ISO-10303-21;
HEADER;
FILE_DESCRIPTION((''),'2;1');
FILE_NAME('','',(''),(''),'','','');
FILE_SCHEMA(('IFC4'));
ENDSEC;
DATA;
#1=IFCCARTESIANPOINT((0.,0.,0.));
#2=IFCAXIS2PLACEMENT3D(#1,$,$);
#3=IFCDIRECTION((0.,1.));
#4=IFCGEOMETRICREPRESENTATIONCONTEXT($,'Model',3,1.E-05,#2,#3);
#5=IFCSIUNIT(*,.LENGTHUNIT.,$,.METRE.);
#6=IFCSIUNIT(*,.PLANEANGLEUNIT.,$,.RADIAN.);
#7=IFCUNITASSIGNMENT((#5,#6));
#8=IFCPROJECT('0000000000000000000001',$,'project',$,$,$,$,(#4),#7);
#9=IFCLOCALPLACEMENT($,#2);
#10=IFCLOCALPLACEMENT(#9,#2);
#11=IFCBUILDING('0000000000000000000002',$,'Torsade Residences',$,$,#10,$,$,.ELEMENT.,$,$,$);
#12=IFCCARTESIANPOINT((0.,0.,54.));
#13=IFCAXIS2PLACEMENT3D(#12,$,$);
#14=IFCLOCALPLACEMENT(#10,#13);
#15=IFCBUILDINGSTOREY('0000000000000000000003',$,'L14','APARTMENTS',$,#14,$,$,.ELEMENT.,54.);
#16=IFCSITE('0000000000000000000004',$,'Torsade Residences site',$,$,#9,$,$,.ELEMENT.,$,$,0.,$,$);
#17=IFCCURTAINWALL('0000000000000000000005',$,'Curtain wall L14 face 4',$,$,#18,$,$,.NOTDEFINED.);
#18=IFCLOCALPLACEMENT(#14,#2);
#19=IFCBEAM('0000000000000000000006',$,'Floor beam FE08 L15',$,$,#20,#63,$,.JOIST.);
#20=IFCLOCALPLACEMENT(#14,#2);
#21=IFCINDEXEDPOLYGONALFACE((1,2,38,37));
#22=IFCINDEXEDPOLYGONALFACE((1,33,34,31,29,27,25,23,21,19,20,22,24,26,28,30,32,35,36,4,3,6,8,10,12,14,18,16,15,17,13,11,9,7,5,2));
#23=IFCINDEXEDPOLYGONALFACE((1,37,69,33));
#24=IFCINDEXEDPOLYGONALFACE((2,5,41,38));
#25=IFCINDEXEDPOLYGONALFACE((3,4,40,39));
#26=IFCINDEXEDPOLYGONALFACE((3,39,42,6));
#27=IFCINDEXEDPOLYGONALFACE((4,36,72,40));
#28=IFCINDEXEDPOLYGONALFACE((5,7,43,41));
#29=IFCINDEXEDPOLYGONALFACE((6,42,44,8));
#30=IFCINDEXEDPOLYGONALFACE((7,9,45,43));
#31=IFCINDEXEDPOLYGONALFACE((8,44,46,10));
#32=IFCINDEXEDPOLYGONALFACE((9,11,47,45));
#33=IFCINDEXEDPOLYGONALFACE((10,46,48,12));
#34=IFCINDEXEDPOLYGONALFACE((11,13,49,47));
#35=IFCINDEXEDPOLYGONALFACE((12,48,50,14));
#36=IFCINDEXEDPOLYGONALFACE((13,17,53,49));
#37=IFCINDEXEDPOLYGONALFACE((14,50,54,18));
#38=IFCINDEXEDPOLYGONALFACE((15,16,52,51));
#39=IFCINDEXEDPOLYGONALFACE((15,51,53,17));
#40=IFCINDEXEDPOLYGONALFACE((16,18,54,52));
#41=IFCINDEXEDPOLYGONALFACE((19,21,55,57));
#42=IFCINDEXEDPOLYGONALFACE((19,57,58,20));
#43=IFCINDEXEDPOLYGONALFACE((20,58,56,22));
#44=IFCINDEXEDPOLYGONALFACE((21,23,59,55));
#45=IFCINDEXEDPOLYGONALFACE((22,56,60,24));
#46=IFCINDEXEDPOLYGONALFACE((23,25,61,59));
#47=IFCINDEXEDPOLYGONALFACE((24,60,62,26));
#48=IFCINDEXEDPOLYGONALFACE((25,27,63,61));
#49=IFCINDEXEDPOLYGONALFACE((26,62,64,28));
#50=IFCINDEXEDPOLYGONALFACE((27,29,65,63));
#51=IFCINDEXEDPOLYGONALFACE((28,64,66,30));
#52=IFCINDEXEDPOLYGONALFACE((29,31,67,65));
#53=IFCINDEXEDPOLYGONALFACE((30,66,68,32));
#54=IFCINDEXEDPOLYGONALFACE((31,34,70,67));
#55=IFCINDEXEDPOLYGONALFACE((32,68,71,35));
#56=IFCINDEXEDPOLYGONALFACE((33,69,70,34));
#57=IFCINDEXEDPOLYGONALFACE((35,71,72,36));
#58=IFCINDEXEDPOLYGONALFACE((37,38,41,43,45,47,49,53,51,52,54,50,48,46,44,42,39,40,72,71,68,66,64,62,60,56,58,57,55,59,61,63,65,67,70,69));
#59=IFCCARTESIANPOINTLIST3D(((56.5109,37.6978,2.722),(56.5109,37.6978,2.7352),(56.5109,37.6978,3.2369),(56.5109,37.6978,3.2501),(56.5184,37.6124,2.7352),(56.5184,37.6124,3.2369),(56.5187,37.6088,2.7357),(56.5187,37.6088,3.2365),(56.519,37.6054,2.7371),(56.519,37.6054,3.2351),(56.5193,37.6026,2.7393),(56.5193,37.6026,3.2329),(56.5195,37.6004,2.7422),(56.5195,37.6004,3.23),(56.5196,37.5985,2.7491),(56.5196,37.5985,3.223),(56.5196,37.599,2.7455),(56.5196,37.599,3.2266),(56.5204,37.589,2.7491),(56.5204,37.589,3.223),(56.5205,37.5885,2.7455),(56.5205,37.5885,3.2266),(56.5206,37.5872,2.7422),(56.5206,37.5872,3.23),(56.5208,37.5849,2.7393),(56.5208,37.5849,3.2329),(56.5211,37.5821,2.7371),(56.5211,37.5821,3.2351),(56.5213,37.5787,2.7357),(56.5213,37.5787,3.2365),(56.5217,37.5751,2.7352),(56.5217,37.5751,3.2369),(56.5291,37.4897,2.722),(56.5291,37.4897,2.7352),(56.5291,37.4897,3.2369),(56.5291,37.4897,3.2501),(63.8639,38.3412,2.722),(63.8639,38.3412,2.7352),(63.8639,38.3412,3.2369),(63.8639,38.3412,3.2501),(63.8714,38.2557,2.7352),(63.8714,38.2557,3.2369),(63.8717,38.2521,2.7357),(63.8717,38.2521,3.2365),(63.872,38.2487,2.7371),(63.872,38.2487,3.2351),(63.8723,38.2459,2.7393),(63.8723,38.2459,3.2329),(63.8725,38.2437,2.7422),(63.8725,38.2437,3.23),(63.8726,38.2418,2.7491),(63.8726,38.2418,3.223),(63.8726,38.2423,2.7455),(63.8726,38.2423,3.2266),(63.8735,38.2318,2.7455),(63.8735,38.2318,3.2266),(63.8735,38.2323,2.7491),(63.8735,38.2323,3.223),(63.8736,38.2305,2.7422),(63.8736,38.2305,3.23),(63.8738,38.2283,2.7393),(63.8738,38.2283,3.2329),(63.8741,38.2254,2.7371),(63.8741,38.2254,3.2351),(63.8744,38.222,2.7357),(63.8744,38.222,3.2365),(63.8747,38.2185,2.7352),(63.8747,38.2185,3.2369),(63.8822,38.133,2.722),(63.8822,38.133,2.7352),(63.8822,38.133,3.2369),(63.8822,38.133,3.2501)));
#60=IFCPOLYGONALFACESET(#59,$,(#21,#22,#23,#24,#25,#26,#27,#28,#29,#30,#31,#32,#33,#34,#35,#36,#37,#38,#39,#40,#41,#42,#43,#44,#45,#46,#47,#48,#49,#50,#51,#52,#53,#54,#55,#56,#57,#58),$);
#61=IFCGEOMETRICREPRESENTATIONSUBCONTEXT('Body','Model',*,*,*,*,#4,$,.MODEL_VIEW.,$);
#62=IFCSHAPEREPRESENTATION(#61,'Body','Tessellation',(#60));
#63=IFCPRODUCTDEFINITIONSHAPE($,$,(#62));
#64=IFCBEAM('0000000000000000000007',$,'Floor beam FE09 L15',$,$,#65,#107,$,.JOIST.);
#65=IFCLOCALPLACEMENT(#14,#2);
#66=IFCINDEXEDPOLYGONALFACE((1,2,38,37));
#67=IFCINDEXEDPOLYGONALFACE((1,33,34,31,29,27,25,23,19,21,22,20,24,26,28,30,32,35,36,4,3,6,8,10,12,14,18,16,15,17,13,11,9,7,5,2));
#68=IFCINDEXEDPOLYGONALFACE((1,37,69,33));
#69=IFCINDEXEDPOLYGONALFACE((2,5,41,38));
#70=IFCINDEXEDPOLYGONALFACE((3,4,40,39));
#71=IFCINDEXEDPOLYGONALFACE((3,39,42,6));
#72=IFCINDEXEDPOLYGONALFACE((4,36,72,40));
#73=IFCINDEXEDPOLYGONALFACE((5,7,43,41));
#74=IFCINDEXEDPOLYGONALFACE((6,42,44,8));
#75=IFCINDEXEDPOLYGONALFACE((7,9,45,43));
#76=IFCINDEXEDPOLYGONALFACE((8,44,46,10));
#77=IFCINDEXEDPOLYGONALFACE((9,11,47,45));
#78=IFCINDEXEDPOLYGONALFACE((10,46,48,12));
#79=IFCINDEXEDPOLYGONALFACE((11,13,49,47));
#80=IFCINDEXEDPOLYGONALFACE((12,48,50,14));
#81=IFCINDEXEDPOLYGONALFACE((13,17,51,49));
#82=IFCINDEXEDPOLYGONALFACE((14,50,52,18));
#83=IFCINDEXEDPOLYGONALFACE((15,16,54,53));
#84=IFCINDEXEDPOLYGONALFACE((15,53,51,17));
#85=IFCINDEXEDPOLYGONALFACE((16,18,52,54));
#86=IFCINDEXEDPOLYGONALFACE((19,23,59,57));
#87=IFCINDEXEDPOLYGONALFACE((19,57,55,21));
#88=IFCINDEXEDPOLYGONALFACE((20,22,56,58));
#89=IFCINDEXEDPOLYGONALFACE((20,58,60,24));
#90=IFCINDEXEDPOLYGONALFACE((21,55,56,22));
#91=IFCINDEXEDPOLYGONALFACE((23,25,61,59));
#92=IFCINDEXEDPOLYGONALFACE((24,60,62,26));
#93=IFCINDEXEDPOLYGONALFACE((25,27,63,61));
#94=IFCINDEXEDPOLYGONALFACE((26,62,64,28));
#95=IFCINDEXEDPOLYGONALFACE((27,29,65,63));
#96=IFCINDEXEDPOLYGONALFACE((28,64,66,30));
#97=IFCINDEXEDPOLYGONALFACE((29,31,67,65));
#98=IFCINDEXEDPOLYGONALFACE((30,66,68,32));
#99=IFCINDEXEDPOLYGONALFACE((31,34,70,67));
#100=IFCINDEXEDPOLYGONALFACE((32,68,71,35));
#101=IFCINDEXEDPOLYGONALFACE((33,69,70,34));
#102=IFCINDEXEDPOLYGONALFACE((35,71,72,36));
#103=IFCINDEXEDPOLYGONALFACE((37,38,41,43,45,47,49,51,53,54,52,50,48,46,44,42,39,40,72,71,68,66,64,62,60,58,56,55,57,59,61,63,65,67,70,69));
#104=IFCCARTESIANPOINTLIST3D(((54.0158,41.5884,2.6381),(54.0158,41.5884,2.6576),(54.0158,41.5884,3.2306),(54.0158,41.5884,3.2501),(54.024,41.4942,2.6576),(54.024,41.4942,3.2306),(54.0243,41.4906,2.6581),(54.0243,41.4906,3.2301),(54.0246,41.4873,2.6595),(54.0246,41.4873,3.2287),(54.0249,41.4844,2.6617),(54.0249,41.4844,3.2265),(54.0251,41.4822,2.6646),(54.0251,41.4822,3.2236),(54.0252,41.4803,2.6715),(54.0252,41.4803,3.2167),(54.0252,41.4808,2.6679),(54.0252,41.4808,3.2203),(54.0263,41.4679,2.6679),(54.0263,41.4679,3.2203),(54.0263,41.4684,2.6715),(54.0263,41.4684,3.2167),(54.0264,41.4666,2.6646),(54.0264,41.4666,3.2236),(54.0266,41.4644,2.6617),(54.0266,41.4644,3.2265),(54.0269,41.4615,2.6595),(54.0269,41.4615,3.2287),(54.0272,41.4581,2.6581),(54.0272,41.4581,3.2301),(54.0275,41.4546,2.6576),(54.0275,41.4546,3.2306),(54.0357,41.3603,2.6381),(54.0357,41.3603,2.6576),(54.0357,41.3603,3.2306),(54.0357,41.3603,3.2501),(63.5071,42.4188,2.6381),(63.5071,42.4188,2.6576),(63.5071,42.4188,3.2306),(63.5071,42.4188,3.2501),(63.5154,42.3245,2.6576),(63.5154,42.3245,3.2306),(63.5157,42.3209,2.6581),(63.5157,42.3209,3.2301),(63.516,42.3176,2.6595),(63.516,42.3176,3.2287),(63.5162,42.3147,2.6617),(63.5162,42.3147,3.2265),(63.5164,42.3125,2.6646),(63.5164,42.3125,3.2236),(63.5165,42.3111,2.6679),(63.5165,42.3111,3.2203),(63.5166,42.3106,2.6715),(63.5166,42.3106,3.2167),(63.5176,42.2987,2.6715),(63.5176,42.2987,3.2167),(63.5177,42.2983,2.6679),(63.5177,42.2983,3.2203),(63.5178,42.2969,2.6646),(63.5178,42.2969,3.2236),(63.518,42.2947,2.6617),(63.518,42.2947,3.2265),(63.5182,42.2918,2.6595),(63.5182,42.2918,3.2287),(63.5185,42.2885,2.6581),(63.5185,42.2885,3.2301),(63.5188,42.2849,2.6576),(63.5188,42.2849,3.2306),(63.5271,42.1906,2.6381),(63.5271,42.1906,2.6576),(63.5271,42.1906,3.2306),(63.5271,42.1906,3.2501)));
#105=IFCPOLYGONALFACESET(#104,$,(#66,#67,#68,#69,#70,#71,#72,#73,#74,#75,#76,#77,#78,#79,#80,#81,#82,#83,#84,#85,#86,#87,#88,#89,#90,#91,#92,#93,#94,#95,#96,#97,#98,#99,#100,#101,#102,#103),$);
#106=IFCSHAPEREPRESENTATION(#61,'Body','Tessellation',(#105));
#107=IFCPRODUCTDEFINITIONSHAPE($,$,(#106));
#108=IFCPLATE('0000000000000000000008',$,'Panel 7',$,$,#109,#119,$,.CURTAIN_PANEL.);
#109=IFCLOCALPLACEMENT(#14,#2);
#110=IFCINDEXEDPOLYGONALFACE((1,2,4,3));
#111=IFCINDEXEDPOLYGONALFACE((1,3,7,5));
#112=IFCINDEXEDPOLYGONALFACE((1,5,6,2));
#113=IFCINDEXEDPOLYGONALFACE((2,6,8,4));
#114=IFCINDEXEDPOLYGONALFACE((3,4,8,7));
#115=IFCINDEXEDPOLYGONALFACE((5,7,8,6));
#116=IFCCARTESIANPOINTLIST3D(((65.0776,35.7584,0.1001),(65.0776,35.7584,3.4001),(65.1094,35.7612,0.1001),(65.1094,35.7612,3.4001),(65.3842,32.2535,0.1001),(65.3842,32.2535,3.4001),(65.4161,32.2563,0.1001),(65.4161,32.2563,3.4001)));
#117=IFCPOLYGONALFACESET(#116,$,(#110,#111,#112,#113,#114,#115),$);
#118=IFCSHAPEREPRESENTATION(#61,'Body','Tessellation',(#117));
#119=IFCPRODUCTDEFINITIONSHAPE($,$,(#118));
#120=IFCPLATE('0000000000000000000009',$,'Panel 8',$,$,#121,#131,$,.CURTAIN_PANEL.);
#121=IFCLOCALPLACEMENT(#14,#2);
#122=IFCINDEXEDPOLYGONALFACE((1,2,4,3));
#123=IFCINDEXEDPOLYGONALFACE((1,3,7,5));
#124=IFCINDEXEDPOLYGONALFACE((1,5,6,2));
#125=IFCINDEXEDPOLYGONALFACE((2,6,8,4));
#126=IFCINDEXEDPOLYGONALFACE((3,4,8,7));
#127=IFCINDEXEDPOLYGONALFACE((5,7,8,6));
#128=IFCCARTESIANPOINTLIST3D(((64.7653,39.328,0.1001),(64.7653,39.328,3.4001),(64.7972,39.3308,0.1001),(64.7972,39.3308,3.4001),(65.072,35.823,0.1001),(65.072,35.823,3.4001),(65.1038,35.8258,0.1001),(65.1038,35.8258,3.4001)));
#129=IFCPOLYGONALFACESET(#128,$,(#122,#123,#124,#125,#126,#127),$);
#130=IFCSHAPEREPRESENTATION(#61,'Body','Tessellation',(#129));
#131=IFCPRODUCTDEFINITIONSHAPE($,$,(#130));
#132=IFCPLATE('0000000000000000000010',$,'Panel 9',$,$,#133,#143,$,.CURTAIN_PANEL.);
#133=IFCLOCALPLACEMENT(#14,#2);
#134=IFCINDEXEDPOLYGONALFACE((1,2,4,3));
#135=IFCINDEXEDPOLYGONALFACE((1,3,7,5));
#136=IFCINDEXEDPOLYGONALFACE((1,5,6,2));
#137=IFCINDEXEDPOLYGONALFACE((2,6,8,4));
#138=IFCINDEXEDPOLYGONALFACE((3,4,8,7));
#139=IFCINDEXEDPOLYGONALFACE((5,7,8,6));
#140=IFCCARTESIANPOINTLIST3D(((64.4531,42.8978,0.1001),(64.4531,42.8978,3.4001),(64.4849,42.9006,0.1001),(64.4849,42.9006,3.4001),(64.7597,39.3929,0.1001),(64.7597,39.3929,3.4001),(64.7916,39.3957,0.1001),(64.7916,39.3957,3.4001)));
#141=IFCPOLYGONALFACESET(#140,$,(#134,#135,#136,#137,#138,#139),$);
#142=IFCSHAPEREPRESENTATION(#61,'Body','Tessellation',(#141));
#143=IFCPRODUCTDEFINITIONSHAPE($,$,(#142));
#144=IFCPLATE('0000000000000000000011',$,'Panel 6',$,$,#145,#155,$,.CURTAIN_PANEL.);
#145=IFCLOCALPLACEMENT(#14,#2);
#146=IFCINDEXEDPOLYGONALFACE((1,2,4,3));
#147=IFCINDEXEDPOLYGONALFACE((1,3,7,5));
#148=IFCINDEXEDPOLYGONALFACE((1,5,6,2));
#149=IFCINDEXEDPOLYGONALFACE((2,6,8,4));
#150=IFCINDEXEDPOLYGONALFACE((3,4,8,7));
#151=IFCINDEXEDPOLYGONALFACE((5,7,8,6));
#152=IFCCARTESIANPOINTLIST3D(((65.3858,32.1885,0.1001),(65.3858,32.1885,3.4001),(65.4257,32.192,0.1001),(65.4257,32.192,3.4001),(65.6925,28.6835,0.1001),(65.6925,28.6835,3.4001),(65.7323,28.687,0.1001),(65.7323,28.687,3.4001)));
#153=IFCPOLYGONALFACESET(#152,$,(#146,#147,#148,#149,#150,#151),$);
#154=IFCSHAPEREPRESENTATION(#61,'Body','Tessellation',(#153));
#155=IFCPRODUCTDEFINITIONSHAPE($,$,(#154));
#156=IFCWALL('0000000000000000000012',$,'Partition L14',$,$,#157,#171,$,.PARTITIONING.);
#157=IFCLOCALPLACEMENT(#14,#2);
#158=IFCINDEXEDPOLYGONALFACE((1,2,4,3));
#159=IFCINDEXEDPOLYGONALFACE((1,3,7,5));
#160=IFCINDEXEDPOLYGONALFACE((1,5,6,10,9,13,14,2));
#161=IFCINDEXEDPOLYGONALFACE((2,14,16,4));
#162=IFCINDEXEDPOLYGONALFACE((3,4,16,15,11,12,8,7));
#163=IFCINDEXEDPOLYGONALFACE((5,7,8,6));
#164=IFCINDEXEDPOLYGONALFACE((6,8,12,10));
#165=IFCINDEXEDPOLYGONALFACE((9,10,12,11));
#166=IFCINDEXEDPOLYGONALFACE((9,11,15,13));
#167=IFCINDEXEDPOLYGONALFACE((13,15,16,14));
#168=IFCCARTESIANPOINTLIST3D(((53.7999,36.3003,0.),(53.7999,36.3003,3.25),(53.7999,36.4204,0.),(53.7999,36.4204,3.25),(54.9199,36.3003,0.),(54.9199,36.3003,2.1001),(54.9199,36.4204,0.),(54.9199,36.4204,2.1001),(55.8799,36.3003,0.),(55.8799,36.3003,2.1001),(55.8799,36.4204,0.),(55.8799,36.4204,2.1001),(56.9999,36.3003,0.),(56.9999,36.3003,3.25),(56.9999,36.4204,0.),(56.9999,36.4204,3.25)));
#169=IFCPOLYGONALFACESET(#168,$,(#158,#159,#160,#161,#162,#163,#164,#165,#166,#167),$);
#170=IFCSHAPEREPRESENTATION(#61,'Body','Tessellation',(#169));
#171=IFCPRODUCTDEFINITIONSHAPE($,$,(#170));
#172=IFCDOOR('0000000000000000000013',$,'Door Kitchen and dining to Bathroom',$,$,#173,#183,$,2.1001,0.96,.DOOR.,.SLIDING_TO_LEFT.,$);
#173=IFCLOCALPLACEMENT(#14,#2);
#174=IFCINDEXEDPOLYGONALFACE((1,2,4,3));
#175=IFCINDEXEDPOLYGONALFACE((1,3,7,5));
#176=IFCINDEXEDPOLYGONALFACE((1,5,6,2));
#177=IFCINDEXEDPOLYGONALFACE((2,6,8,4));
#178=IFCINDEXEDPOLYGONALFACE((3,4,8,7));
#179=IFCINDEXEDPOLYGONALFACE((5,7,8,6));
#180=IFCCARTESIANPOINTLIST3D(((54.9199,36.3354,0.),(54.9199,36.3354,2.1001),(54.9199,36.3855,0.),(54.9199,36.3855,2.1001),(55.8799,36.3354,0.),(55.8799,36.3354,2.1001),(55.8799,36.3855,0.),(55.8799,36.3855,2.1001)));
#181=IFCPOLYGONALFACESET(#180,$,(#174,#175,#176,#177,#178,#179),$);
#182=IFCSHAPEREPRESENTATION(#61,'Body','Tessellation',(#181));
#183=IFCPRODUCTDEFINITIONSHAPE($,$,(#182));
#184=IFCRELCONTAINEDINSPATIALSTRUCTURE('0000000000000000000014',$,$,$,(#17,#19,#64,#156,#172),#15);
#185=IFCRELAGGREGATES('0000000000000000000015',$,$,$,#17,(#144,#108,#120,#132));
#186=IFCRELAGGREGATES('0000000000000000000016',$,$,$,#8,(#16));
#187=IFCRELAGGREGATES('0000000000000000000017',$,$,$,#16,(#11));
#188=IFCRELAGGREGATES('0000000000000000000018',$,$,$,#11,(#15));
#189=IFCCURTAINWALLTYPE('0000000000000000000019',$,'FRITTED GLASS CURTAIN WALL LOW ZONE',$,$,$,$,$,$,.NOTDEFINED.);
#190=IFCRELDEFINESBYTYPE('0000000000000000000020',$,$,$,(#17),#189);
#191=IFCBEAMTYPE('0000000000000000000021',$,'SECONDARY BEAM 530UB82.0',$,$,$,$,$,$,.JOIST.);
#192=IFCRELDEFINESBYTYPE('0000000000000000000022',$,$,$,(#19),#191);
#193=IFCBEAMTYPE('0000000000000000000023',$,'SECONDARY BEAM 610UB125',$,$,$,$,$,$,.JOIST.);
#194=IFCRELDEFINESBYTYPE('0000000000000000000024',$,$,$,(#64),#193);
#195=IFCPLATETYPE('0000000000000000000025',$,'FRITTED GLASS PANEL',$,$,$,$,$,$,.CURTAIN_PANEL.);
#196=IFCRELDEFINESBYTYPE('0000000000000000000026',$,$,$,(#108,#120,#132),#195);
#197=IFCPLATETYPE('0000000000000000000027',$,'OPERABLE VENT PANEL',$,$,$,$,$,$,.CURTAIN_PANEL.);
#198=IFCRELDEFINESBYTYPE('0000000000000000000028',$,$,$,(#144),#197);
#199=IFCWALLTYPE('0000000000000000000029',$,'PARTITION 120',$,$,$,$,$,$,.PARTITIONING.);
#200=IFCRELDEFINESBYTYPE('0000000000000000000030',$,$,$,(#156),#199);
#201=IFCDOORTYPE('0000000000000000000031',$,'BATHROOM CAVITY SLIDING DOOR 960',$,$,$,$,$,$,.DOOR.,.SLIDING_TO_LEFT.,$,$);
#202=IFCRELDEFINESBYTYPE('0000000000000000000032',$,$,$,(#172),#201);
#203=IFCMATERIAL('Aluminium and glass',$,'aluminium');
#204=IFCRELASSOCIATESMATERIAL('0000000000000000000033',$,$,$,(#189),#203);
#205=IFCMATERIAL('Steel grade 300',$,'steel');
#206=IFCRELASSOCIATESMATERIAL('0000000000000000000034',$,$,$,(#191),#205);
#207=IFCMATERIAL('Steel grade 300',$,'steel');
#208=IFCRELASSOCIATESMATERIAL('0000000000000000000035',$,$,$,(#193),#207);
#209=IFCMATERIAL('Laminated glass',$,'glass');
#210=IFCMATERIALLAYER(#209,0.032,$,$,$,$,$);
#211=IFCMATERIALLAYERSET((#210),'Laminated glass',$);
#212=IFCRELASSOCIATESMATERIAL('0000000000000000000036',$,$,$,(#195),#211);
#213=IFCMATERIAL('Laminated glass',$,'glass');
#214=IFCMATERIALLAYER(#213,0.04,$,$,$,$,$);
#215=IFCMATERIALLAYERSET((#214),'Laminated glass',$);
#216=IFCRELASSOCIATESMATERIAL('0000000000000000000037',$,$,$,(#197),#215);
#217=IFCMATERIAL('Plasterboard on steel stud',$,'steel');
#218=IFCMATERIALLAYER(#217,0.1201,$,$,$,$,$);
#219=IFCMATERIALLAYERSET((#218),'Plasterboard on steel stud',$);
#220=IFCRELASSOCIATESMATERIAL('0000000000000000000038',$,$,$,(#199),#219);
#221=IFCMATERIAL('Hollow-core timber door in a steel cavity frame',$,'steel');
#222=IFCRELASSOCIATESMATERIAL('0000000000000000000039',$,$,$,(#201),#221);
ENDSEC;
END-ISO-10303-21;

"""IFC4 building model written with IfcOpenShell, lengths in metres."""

from ifc_helpers import new_model, si_unit, direction, frame, frame_2d, origin, origin_2d, place, context, subcontext, project, spatial, rectangle, i_section, extrude, material, layer, layer_set, material_profile, profile_set, type_object, element, fill, aggregate, save


model = new_model("IFC4")

# Units and contexts
model_context = context("Model", 3, precision=1e-05, world=origin(), true_north=direction((0.0, 1.0)))
body_context = subcontext(model_context, "Body", "Model", "MODEL_VIEW")
ifc_project = project(units=[si_unit("LENGTHUNIT", "METRE"), si_unit("PLANEANGLEUNIT", "RADIAN")], contexts=[model_context])

# Site, building, storey
site_placement = place(None, origin())
site = spatial("IfcSite", under=ifc_project, at=site_placement, Name="Torsade Residences site", CompositionType="ELEMENT", RefElevation=0.0)
building_placement = place(site_placement, origin())
building = spatial("IfcBuilding", under=site, at=building_placement, Name="Torsade Residences", CompositionType="ELEMENT")
storey_placement = place(building_placement, frame((0.0, 0.0, 54.0)))
storey = spatial("IfcBuildingStorey", under=building, at=storey_placement, Name="L14", Description="APARTMENTS", CompositionType="ELEMENT", Elevation=54.0)

# Curtain wall
ifc_material_1 = material(Name="Aluminium and glass", Category="aluminium")
curtain_wall_type = type_object("IfcCurtainWallType", Name="FRITTED GLASS CURTAIN WALL LOW ZONE", PredefinedType="NOTDEFINED", material=ifc_material_1)
curtain_wall_placement = place(storey_placement, origin())
curtain_wall = element("IfcCurtainWall", 1, at=curtain_wall_placement, inside=storey, type_object=curtain_wall_type, Name="Curtain wall L14 face 4", PredefinedType="NOTDEFINED")

# Beams
ifc_material_2 = material(Name="Steel grade 300", Category="steel")
ifc_material_profile_1 = material_profile(ifc_material_2, i_section(OverallWidth=0.209, OverallDepth=0.5281, WebThickness=0.0095, FlangeThickness=0.0132, FilletRadius=0.0139, at=origin_2d()), Name="530UB82.0")
ifc_profile_set_1 = profile_set([ifc_material_profile_1], Name="Steel grade 300")
beam_type_1 = type_object("IfcBeamType", Name="SECONDARY BEAM 530UB82.0", PredefinedType="JOIST", material=ifc_profile_set_1)
beam_1_placement = place(storey_placement, frame((63.873, 38.2371, 2.9861), z_axis=(-0.996195, -0.087156, 0.0), x_axis=(0.087156, -0.996195, 0.0)))
element("IfcBeam", 2, at=beam_1_placement, inside=storey, type_object=beam_type_1, Name="Floor beam FE08 L15", PredefinedType="JOIST", context=body_context, shape_type="SweptSolid", body=[
    extrude(i_section(OverallWidth=0.209, OverallDepth=0.5281, WebThickness=0.0095, FlangeThickness=0.0132, FilletRadius=0.0139, at=origin_2d()), origin(), (0.0, 0.0, 1.0), 7.3811),
])
ifc_material_3 = material(Name="Steel grade 300", Category="steel")
ifc_material_profile_2 = material_profile(ifc_material_3, i_section(OverallWidth=0.229, OverallDepth=0.6121, WebThickness=0.012, FlangeThickness=0.0195, FilletRadius=0.0139, at=origin_2d()), Name="610UB125")
ifc_profile_set_2 = profile_set([ifc_material_profile_2], Name="Steel grade 300")
beam_type_2 = type_object("IfcBeamType", Name="SECONDARY BEAM 610UB125", PredefinedType="JOIST", material=ifc_profile_set_2)
beam_2_placement = place(storey_placement, frame((63.5171, 42.3047, 2.9441), z_axis=(-0.996195, -0.087148, 0.0), x_axis=(0.087148, -0.996195, 0.0)))
element("IfcBeam", 3, at=beam_2_placement, inside=storey, type_object=beam_type_2, Name="Floor beam FE09 L15", PredefinedType="JOIST", context=body_context, shape_type="SweptSolid", body=[
    extrude(i_section(OverallWidth=0.229, OverallDepth=0.6121, WebThickness=0.012, FlangeThickness=0.0195, FilletRadius=0.0139, at=origin_2d()), origin(), (0.0, 0.0, 1.0), 9.5276),
])

# Plates
ifc_material_4 = material(Name="Laminated glass", Category="glass")
ifc_layer_1 = layer(ifc_material_4, 0.032)
ifc_layer_set_1 = layer_set([ifc_layer_1], Name="Laminated glass")
plate_type_1 = type_object("IfcPlateType", Name="FRITTED GLASS PANEL", PredefinedType="CURTAIN_PANEL", material=ifc_layer_set_1)
plate_1_placement = place(storey_placement, frame((65.2468, 34.0073, 0.1001), z_axis=(0.0, 0.0, 1.0), x_axis=(-0.087156, 0.996195, 0.0)))
plate_1 = element("IfcPlate", 4, at=plate_1_placement, type_object=plate_type_1, Name="Panel 7", PredefinedType="CURTAIN_PANEL", context=body_context, shape_type="SweptSolid", body=[
    extrude(rectangle(XDim=3.5183, YDim=0.032, at=origin_2d()), origin(), (0.0, 0.0, 1.0), 3.3),
])
plate_2_placement = place(storey_placement, frame((64.9346, 37.5769, 0.1001), z_axis=(0.0, 0.0, 1.0), x_axis=(-0.087156, 0.996195, 0.0)))
plate_2 = element("IfcPlate", 5, at=plate_2_placement, type_object=plate_type_1, Name="Panel 8", PredefinedType="CURTAIN_PANEL", context=body_context, shape_type="SweptSolid", body=[
    extrude(rectangle(XDim=3.5183, YDim=0.032, at=origin_2d()), origin(), (0.0, 0.0, 1.0), 3.3),
])
plate_3_placement = place(storey_placement, frame((64.6223, 41.1467, 0.1001), z_axis=(0.0, 0.0, 1.0), x_axis=(-0.087156, 0.996195, 0.0)))
plate_3 = element("IfcPlate", 6, at=plate_3_placement, type_object=plate_type_1, Name="Panel 9", PredefinedType="CURTAIN_PANEL", context=body_context, shape_type="SweptSolid", body=[
    extrude(rectangle(XDim=3.5183, YDim=0.032, at=origin_2d()), origin(), (0.0, 0.0, 1.0), 3.3),
])
ifc_material_5 = material(Name="Laminated glass", Category="glass")
ifc_layer_2 = layer(ifc_material_5, 0.04)
ifc_layer_set_2 = layer_set([ifc_layer_2], Name="Laminated glass")
plate_type_2 = type_object("IfcPlateType", Name="OPERABLE VENT PANEL", PredefinedType="CURTAIN_PANEL", material=ifc_layer_set_2)
plate_4_placement = place(storey_placement, frame((65.5591, 30.4377, 0.1001), z_axis=(0.0, 0.0, 1.0), x_axis=(-0.087156, 0.996195, 0.0)))
plate_4 = element("IfcPlate", 7, at=plate_4_placement, type_object=plate_type_2, Name="Panel 6", PredefinedType="CURTAIN_PANEL", context=body_context, shape_type="SweptSolid", body=[
    extrude(rectangle(XDim=3.5183, YDim=0.04, at=origin_2d()), origin(), (0.0, 0.0, 1.0), 3.3),
])
aggregate(curtain_wall, [plate_4, plate_1, plate_2, plate_3])

# Wall, opening, door
ifc_material_6 = material(Name="Plasterboard on steel stud", Category="steel")
ifc_layer_3 = layer(ifc_material_6, 0.1201)
ifc_layer_set_3 = layer_set([ifc_layer_3], Name="Plasterboard on steel stud")
wall_type_1 = type_object("IfcWallType", Name="PARTITION 120", PredefinedType="PARTITIONING", material=ifc_layer_set_3)
wall_1_placement = place(storey_placement, frame((57.0, 36.3604, 0.0), z_axis=(0.0, 0.0, 1.0), x_axis=(-1.0, 0.0, 0.0)))
wall_1 = element("IfcWall", 8, at=wall_1_placement, inside=storey, type_object=wall_type_1, Name="Partition L14", PredefinedType="PARTITIONING", context=body_context, shape_type="SweptSolid", body=[
    extrude(rectangle(XDim=3.2, YDim=0.1201, at=frame_2d((1.6001, 0.0))), origin(), (0.0, 0.0, 1.0), 3.25),
])
opening_placement = place(wall_1_placement, frame((1.1201, 0.0, 0.0)))
opening = element("IfcOpeningElement", 9, at=opening_placement, cuts=wall_1, PredefinedType="OPENING", context=body_context, shape_type="SweptSolid", body=[
    extrude(rectangle(XDim=0.96, YDim=2.1001, at=frame_2d((0.48, 1.05))), frame((0.0, 0.0701, 0.0), z_axis=(0.0, -1.0, 0.0), x_axis=(1.0, 0.0, 0.0)), (0.0, 0.0, 1.0), 0.1401),
])
ifc_material_7 = material(Name="Hollow-core timber door in a steel cavity frame", Category="steel")
door_type = type_object("IfcDoorType", Name="BATHROOM CAVITY SLIDING DOOR 960", OperationType="SLIDING_TO_LEFT", PredefinedType="DOOR", material=ifc_material_7)
door_placement = place(opening_placement, origin())
door = element("IfcDoor", 10, at=door_placement, inside=storey, type_object=door_type, Name="Door Kitchen and dining to Bathroom", OperationType="SLIDING_TO_LEFT", OverallHeight=2.1001, OverallWidth=0.96, PredefinedType="DOOR", context=body_context, shape_type="SweptSolid", body=[
    extrude(rectangle(XDim=0.96, YDim=2.1001, at=frame_2d((0.48, 1.05))), frame((0.0, 0.0249, 0.0), z_axis=(0.0, -1.0, 0.0), x_axis=(1.0, 0.0, 0.0)), (0.0, 0.0, 1.0), 0.05),
])
fill(opening, door)

save(model, "model.ifc")
